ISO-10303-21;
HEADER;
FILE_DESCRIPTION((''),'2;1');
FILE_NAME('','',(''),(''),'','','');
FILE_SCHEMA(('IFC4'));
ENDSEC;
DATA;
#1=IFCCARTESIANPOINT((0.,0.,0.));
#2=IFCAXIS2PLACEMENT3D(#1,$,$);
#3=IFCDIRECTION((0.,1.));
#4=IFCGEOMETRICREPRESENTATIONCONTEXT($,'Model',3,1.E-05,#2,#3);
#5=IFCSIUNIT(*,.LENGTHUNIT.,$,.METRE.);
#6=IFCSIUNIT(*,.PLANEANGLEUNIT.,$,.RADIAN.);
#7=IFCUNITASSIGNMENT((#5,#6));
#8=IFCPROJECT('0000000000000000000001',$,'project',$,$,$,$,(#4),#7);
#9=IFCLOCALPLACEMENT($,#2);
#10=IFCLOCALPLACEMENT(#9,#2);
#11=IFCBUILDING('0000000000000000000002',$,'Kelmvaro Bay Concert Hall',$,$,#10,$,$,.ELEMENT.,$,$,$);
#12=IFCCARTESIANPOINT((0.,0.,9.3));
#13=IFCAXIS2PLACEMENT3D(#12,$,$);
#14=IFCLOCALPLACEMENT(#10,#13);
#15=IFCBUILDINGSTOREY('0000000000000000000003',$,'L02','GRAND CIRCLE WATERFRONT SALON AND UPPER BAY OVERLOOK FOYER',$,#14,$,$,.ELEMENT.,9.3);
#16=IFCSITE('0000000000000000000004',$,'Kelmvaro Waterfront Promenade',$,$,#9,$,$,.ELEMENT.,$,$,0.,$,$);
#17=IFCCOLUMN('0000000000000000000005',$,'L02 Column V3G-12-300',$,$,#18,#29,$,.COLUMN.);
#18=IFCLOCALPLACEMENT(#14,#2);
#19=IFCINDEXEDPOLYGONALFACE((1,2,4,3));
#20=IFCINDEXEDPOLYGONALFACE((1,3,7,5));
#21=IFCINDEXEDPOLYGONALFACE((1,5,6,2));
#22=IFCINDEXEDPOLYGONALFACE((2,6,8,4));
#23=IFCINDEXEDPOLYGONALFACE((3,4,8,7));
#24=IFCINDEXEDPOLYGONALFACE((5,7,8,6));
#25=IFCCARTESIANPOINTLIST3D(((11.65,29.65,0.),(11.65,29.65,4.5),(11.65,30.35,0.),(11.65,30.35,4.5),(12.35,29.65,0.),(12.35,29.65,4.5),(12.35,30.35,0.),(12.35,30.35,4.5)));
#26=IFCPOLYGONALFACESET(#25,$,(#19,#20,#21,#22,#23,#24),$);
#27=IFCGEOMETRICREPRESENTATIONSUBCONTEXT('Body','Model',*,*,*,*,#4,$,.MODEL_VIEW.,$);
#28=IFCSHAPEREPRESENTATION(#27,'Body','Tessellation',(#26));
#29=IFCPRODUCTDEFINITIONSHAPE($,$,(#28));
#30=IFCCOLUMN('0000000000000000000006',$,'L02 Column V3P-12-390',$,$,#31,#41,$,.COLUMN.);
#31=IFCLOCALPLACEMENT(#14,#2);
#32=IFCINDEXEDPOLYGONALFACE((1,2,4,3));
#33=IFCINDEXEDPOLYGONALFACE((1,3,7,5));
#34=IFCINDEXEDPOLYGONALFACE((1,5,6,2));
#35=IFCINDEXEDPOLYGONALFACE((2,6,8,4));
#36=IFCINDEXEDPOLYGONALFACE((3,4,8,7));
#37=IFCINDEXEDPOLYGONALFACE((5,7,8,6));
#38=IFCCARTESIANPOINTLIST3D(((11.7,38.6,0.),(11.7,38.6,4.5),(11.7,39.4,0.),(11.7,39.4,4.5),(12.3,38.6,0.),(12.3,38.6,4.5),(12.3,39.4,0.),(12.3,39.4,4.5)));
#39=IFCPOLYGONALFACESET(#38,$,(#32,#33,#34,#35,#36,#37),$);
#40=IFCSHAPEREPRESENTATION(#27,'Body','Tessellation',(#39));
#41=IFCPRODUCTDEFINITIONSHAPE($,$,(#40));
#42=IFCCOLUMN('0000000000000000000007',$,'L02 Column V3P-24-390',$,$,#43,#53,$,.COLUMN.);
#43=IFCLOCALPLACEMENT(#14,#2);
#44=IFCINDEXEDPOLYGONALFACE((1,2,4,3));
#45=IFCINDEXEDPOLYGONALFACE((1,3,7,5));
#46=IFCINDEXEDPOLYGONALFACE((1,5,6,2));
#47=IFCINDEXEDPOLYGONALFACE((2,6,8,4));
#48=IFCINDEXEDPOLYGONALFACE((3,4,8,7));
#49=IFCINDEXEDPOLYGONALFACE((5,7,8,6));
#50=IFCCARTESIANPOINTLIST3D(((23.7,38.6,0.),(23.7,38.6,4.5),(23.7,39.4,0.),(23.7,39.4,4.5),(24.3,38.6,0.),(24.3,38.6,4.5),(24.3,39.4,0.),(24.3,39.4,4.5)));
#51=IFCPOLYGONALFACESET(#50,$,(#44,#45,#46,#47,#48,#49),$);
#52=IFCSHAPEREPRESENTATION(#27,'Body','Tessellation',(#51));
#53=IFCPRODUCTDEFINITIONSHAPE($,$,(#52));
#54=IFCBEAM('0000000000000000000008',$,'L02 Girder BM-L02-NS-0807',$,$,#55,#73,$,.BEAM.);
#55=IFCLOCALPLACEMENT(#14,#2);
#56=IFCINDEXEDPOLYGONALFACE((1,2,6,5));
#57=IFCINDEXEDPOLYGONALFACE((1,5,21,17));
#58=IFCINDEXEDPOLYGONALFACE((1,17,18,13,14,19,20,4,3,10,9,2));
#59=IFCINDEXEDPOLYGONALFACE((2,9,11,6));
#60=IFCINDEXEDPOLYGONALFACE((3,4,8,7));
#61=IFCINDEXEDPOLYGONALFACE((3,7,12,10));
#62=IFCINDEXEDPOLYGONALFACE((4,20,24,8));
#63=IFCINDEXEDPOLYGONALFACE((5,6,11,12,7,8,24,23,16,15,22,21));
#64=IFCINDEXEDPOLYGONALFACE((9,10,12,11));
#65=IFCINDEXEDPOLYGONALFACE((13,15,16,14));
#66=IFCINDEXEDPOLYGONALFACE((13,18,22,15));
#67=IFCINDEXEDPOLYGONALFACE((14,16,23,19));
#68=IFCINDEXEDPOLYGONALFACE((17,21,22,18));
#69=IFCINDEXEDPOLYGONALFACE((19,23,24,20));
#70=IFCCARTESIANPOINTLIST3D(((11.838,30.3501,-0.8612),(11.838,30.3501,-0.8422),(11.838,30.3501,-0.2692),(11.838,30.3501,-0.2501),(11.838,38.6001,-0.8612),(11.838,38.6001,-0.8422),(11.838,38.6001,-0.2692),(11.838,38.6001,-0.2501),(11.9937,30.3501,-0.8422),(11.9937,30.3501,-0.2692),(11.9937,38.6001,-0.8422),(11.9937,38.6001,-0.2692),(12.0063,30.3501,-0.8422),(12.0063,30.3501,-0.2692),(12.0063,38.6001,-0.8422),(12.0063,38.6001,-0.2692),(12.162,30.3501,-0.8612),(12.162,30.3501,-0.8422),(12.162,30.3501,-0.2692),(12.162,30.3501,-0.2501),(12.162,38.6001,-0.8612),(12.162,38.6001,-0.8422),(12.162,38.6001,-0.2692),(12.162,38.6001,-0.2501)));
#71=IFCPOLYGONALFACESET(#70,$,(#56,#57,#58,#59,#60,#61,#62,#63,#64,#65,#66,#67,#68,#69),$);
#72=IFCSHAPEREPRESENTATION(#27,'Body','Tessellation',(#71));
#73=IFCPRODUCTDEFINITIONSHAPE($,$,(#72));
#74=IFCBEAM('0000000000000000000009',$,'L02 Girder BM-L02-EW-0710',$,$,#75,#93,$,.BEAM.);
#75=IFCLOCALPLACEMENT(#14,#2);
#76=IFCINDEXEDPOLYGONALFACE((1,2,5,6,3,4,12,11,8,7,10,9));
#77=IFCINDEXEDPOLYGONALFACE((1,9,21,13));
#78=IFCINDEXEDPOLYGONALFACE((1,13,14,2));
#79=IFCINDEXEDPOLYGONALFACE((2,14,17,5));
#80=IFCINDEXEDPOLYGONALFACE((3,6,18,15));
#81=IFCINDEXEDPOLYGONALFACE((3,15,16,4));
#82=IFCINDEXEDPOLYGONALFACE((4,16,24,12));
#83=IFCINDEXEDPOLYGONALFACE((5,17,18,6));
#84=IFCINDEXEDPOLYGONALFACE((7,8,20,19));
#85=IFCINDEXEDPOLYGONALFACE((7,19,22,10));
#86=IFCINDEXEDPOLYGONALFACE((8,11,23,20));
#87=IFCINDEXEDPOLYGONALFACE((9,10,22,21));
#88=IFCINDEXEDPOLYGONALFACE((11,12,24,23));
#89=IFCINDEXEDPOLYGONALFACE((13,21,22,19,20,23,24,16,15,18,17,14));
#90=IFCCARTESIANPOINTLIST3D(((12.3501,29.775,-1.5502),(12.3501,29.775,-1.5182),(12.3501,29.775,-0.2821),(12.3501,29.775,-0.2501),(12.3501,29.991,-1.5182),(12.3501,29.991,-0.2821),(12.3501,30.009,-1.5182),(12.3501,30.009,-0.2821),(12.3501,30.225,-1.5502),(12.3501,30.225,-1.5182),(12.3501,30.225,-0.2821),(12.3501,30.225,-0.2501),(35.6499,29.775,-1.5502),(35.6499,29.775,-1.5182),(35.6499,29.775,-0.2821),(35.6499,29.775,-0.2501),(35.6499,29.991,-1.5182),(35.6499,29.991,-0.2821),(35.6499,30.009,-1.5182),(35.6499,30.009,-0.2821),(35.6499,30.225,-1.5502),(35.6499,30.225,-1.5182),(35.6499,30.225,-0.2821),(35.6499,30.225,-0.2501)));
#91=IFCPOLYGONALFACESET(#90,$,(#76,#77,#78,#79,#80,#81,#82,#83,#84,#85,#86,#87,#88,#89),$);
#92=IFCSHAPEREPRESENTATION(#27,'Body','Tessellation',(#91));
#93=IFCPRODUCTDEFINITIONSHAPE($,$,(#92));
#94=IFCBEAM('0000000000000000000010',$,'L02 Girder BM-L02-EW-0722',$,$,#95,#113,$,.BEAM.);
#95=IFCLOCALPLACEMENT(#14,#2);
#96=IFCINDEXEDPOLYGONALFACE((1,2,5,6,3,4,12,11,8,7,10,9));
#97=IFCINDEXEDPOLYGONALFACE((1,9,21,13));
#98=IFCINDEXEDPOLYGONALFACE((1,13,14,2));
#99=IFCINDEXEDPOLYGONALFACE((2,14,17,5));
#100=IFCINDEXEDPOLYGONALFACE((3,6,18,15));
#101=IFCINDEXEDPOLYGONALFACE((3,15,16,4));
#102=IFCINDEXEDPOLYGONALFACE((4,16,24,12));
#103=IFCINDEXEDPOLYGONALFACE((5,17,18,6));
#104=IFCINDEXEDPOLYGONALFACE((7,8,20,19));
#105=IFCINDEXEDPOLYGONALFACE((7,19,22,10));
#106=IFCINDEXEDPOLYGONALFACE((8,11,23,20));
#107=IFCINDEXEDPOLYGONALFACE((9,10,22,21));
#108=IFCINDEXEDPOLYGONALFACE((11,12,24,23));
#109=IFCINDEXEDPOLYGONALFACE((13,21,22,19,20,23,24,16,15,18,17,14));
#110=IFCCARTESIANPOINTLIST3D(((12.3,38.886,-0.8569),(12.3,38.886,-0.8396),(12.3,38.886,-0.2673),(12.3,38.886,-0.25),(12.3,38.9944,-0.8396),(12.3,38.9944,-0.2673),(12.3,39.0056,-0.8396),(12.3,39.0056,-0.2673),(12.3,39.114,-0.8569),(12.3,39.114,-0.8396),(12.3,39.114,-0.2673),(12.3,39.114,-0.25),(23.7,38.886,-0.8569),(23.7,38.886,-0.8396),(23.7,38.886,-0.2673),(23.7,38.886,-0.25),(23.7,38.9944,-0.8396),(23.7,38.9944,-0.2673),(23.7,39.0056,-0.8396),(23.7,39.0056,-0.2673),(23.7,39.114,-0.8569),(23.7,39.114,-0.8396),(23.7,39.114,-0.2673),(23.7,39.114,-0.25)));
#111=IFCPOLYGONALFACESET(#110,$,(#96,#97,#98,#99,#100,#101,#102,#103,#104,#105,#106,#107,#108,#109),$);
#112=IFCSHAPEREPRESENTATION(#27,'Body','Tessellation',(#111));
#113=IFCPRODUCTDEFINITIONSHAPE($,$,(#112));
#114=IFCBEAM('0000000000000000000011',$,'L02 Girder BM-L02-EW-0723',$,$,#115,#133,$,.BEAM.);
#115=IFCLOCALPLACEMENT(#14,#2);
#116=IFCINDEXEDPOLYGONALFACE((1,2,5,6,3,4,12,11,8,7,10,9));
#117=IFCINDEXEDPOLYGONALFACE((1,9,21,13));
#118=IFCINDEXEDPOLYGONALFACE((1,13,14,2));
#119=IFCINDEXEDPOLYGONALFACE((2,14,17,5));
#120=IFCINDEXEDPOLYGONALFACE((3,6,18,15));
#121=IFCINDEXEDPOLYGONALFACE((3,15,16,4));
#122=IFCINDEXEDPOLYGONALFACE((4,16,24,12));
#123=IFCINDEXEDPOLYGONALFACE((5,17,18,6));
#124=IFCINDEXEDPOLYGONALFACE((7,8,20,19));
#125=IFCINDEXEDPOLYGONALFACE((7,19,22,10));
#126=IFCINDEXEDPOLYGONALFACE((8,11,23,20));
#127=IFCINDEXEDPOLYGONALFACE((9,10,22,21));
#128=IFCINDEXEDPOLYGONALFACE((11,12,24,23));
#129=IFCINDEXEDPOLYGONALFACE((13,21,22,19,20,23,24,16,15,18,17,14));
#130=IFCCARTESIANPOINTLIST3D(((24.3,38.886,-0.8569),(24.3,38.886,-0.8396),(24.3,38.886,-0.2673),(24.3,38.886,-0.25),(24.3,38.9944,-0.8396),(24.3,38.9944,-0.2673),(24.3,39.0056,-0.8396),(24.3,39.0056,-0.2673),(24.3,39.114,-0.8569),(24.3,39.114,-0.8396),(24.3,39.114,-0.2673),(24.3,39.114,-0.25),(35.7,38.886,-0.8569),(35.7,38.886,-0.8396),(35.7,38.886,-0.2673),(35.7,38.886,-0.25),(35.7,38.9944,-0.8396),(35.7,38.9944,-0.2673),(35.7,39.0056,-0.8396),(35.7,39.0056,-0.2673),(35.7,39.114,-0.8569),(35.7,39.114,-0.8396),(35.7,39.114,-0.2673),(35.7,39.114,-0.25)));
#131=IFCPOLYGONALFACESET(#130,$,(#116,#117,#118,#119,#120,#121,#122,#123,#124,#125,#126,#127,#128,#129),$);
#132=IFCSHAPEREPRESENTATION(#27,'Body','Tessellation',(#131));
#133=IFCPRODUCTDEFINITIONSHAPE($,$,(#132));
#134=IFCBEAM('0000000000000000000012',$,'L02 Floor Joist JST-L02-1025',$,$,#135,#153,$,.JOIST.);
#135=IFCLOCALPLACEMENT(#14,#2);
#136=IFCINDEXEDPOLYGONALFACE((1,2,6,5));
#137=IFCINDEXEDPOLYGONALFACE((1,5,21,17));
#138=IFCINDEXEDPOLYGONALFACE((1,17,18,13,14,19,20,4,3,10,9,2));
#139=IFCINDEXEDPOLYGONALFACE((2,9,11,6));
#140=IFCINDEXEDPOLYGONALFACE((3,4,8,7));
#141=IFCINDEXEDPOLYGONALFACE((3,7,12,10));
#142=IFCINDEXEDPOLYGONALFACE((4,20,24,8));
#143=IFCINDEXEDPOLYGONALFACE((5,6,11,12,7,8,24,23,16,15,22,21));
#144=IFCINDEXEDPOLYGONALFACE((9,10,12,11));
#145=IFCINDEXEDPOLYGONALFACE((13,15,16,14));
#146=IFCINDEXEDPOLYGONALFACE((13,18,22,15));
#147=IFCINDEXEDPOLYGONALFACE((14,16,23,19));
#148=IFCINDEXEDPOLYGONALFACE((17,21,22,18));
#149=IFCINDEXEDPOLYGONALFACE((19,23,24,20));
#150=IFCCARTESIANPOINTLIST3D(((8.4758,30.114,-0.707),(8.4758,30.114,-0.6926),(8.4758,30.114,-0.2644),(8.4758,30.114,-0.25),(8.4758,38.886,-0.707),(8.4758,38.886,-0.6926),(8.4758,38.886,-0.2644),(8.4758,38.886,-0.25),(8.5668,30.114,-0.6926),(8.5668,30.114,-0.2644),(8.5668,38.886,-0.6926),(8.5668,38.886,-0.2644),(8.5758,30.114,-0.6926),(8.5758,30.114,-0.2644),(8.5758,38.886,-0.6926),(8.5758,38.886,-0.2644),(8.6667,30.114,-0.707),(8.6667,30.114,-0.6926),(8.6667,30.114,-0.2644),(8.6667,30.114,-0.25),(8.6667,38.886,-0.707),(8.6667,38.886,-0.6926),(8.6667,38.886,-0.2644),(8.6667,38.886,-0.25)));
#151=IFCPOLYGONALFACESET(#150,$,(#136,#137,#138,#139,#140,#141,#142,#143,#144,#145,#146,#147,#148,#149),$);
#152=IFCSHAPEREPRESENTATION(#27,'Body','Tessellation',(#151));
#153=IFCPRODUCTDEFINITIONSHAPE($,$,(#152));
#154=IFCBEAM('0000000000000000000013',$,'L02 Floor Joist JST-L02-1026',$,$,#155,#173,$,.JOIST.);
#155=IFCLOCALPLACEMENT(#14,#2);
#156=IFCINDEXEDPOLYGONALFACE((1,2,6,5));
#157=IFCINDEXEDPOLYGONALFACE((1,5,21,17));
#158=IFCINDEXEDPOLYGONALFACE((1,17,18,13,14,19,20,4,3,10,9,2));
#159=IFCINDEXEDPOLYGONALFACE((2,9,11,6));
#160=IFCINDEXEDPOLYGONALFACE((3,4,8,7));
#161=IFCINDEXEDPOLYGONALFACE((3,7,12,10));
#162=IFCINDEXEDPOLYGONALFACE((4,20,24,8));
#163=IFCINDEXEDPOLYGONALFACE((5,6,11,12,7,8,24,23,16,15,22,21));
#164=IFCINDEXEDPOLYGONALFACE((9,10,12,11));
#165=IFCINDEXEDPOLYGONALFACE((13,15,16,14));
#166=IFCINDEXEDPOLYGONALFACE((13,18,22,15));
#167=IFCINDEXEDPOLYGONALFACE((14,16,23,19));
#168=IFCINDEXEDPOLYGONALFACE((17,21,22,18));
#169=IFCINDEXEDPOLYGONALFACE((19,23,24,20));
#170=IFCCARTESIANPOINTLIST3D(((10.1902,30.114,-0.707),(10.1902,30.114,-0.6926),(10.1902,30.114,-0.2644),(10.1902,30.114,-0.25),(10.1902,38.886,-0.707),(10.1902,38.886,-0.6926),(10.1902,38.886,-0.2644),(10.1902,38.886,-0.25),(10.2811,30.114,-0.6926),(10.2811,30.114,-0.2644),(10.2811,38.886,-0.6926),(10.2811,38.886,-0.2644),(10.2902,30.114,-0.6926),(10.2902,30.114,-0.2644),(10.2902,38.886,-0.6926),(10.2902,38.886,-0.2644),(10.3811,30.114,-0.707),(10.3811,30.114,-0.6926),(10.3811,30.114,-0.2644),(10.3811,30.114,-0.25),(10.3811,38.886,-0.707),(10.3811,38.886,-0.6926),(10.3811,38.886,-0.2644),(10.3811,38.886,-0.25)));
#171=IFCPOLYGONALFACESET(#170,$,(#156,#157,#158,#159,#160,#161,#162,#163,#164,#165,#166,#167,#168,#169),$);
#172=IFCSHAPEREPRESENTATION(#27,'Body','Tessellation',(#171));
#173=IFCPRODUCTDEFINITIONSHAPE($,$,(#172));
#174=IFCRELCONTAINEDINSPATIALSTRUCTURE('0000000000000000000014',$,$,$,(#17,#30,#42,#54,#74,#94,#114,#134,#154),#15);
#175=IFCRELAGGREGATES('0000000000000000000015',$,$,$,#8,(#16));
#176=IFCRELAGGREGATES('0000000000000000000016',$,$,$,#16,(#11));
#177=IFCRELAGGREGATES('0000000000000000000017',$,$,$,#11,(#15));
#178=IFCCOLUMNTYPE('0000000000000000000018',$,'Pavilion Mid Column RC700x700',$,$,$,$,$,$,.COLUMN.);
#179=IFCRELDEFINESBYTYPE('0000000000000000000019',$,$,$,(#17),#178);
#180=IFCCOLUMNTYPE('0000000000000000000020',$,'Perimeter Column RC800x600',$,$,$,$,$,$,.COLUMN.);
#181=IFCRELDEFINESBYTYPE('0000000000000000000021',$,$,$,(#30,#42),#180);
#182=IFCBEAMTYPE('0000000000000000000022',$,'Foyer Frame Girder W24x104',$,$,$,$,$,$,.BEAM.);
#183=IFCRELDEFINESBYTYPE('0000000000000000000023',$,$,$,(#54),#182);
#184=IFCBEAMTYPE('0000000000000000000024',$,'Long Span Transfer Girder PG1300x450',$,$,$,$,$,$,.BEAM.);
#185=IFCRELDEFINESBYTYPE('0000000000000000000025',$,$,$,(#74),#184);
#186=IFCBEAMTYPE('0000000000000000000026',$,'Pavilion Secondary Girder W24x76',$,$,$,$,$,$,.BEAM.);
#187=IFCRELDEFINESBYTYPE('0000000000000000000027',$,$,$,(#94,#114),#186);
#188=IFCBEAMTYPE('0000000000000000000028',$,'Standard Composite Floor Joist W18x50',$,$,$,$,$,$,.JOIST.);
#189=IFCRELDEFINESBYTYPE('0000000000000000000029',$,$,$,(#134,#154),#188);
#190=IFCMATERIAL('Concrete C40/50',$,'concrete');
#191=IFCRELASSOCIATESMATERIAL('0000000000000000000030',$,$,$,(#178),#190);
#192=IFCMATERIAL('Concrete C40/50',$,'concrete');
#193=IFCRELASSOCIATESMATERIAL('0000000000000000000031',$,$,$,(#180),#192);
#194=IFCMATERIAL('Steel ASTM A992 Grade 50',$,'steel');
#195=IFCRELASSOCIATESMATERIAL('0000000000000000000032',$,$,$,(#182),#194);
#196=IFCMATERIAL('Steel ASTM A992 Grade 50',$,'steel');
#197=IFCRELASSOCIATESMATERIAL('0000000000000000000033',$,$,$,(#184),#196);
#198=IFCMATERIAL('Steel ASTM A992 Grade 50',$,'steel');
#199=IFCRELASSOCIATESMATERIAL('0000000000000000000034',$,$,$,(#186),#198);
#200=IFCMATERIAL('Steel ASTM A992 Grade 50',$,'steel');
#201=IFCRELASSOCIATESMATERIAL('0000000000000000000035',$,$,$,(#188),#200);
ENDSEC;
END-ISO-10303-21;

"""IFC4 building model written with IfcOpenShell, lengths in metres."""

from ifc_helpers import new_model, si_unit, direction, frame, origin, origin_2d, place, context, subcontext, project, spatial, rectangle, i_section, extrude, material, material_profile, profile_set, type_object, element, save


model = new_model("IFC4")

# Units and contexts
model_context = context("Model", 3, precision=1e-05, world=origin(), true_north=direction((0.0, 1.0)))
body_context = subcontext(model_context, "Body", "Model", "MODEL_VIEW")
ifc_project = project(units=[si_unit("LENGTHUNIT", "METRE"), si_unit("PLANEANGLEUNIT", "RADIAN")], contexts=[model_context])

# Site, building, storey
site_placement = place(None, origin())
site = spatial("IfcSite", under=ifc_project, at=site_placement, Name="Kelmvaro Waterfront Promenade", CompositionType="ELEMENT", RefElevation=0.0)
building_placement = place(site_placement, origin())
building = spatial("IfcBuilding", under=site, at=building_placement, Name="Kelmvaro Bay Concert Hall", CompositionType="ELEMENT")
storey_placement = place(building_placement, frame((0.0, 0.0, 9.3)))
storey = spatial("IfcBuildingStorey", under=building, at=storey_placement, Name="L02", Description="GRAND CIRCLE WATERFRONT SALON AND UPPER BAY OVERLOOK FOYER", CompositionType="ELEMENT", Elevation=9.3)

# Columns
ifc_material_1 = material(Name="Concrete C40/50", Category="concrete")
ifc_material_profile_1 = material_profile(ifc_material_1, rectangle(XDim=0.7, YDim=0.7, at=origin_2d()), Name="RC-COL-700X700")
ifc_profile_set_1 = profile_set([ifc_material_profile_1], Name="Concrete C40/50")
column_type_1 = type_object("IfcColumnType", Name="Pavilion Mid Column RC700x700", PredefinedType="COLUMN", material=ifc_profile_set_1)
column_placement = place(storey_placement, frame((12.0, 30.0, 0.0), z_axis=(0.0, 0.0, 1.0), x_axis=(1.0, 0.0, 0.0)))
element("IfcColumn", 1, at=column_placement, inside=storey, type_object=column_type_1, Name="L02 Column V3G-12-300", PredefinedType="COLUMN", context=body_context, shape_type="SweptSolid", body=[
    extrude(rectangle(XDim=0.7, YDim=0.7, at=origin_2d()), origin(), (0.0, 0.0, 1.0), 4.5),
])
ifc_material_2 = material(Name="Concrete C40/50", Category="concrete")
ifc_material_profile_2 = material_profile(ifc_material_2, rectangle(XDim=0.6001, YDim=0.8, at=origin_2d()), Name="RC-COL-800X600")
ifc_profile_set_2 = profile_set([ifc_material_profile_2], Name="Concrete C40/50")
column_type_2 = type_object("IfcColumnType", Name="Perimeter Column RC800x600", PredefinedType="COLUMN", material=ifc_profile_set_2)
for number, where, z_axis, x_axis, name in (
    (2, (12.0, 39.0, 0.0), (0.0, 0.0, 1.0), (1.0, 0.0, 0.0), "L02 Column V3P-12-390"),
    (3, (24.0, 39.0, 0.0), (0.0, 0.0, 1.0), (1.0, 0.0, 0.0), "L02 Column V3P-24-390"),
):
    element("IfcColumn", number, at=place(storey_placement, frame(where, z_axis=z_axis, x_axis=x_axis)), inside=storey, type_object=column_type_2, Name=name, PredefinedType="COLUMN", context=body_context, shape_type="SweptSolid", body=[
        extrude(rectangle(XDim=0.6001, YDim=0.8, at=origin_2d()), origin(), (0.0, 0.0, 1.0), 4.5),
    ])

# Beams
ifc_material_3 = material(Name="Steel ASTM A992 Grade 50", Category="steel")
ifc_material_profile_3 = material_profile(ifc_material_3, i_section(OverallWidth=0.324, OverallDepth=0.6111, WebThickness=0.0127, FlangeThickness=0.019, at=origin_2d()), Name="W24X104")
ifc_profile_set_3 = profile_set([ifc_material_profile_3], Name="Steel ASTM A992 Grade 50")
beam_type_1 = type_object("IfcBeamType", Name="Foyer Frame Girder W24x104", PredefinedType="BEAM", material=ifc_profile_set_3)
beam_1_placement = place(storey_placement, frame((12.0, 30.3501, -0.5557), z_axis=(0.0, 1.0, 0.0), x_axis=(-1.0, 0.0, 0.0)))
element("IfcBeam", 4, at=beam_1_placement, inside=storey, type_object=beam_type_1, Name="L02 Girder BM-L02-NS-0807", PredefinedType="BEAM", context=body_context, shape_type="SweptSolid", body=[
    extrude(i_section(OverallWidth=0.324, OverallDepth=0.6111, WebThickness=0.0127, FlangeThickness=0.019, at=origin_2d()), origin(), (0.0, 0.0, 1.0), 8.25),
])
ifc_material_4 = material(Name="Steel ASTM A992 Grade 50", Category="steel")
ifc_material_profile_4 = material_profile(ifc_material_4, i_section(OverallWidth=0.45, OverallDepth=1.3, WebThickness=0.0181, FlangeThickness=0.032, at=origin_2d()), Name="PG1300X450")
ifc_profile_set_4 = profile_set([ifc_material_profile_4], Name="Steel ASTM A992 Grade 50")
beam_type_2 = type_object("IfcBeamType", Name="Long Span Transfer Girder PG1300x450", PredefinedType="BEAM", material=ifc_profile_set_4)
beam_2_placement = place(storey_placement, frame((12.3501, 30.0, -0.9001), z_axis=(1.0, 0.0, 0.0), x_axis=(0.0, 1.0, 0.0)))
element("IfcBeam", 5, at=beam_2_placement, inside=storey, type_object=beam_type_2, Name="L02 Girder BM-L02-EW-0710", PredefinedType="BEAM", context=body_context, shape_type="SweptSolid", body=[
    extrude(i_section(OverallWidth=0.45, OverallDepth=1.3, WebThickness=0.0181, FlangeThickness=0.032, at=origin_2d()), origin(), (0.0, 0.0, 1.0), 23.2998),
])
ifc_material_5 = material(Name="Steel ASTM A992 Grade 50", Category="steel")
ifc_material_profile_5 = material_profile(ifc_material_5, i_section(OverallWidth=0.228, OverallDepth=0.6069, WebThickness=0.0112, FlangeThickness=0.0173, at=origin_2d()), Name="W24X76")
ifc_profile_set_5 = profile_set([ifc_material_profile_5], Name="Steel ASTM A992 Grade 50")
beam_type_3 = type_object("IfcBeamType", Name="Pavilion Secondary Girder W24x76", PredefinedType="BEAM", material=ifc_profile_set_5)
for number, where, z_axis, x_axis, name in (
    (6, (12.3, 39.0, -0.5535), (1.0, 0.0, 0.0), (0.0, 1.0, 0.0), "L02 Girder BM-L02-EW-0722"),
    (7, (24.3, 39.0, -0.5535), (1.0, 0.0, 0.0), (0.0, 1.0, 0.0), "L02 Girder BM-L02-EW-0723"),
):
    element("IfcBeam", number, at=place(storey_placement, frame(where, z_axis=z_axis, x_axis=x_axis)), inside=storey, type_object=beam_type_3, Name=name, PredefinedType="BEAM", context=body_context, shape_type="SweptSolid", body=[
        extrude(i_section(OverallWidth=0.228, OverallDepth=0.6069, WebThickness=0.0112, FlangeThickness=0.0173, at=origin_2d()), origin(), (0.0, 0.0, 1.0), 11.3999),
    ])
ifc_material_6 = material(Name="Steel ASTM A992 Grade 50", Category="steel")
ifc_material_profile_6 = material_profile(ifc_material_6, i_section(OverallWidth=0.1909, OverallDepth=0.457, WebThickness=0.009, FlangeThickness=0.0144, at=origin_2d()), Name="W18X50")
ifc_profile_set_6 = profile_set([ifc_material_profile_6], Name="Steel ASTM A992 Grade 50")
beam_type_4 = type_object("IfcBeamType", Name="Standard Composite Floor Joist W18x50", PredefinedType="JOIST", material=ifc_profile_set_6)
for number, where, z_axis, x_axis, name in (
    (8, (8.5713, 30.114, -0.4785), (0.0, 1.0, 0.0), (-1.0, 0.0, 0.0), "L02 Floor Joist JST-L02-1025"),
    (9, (10.2856, 30.114, -0.4785), (0.0, 1.0, 0.0), (-1.0, 0.0, 0.0), "L02 Floor Joist JST-L02-1026"),
):
    element("IfcBeam", number, at=place(storey_placement, frame(where, z_axis=z_axis, x_axis=x_axis)), inside=storey, type_object=beam_type_4, Name=name, PredefinedType="JOIST", context=body_context, shape_type="SweptSolid", body=[
        extrude(i_section(OverallWidth=0.1909, OverallDepth=0.457, WebThickness=0.009, FlangeThickness=0.0144, at=origin_2d()), origin(), (0.0, 0.0, 1.0), 8.772),
    ])

save(model, "model.ifc")
